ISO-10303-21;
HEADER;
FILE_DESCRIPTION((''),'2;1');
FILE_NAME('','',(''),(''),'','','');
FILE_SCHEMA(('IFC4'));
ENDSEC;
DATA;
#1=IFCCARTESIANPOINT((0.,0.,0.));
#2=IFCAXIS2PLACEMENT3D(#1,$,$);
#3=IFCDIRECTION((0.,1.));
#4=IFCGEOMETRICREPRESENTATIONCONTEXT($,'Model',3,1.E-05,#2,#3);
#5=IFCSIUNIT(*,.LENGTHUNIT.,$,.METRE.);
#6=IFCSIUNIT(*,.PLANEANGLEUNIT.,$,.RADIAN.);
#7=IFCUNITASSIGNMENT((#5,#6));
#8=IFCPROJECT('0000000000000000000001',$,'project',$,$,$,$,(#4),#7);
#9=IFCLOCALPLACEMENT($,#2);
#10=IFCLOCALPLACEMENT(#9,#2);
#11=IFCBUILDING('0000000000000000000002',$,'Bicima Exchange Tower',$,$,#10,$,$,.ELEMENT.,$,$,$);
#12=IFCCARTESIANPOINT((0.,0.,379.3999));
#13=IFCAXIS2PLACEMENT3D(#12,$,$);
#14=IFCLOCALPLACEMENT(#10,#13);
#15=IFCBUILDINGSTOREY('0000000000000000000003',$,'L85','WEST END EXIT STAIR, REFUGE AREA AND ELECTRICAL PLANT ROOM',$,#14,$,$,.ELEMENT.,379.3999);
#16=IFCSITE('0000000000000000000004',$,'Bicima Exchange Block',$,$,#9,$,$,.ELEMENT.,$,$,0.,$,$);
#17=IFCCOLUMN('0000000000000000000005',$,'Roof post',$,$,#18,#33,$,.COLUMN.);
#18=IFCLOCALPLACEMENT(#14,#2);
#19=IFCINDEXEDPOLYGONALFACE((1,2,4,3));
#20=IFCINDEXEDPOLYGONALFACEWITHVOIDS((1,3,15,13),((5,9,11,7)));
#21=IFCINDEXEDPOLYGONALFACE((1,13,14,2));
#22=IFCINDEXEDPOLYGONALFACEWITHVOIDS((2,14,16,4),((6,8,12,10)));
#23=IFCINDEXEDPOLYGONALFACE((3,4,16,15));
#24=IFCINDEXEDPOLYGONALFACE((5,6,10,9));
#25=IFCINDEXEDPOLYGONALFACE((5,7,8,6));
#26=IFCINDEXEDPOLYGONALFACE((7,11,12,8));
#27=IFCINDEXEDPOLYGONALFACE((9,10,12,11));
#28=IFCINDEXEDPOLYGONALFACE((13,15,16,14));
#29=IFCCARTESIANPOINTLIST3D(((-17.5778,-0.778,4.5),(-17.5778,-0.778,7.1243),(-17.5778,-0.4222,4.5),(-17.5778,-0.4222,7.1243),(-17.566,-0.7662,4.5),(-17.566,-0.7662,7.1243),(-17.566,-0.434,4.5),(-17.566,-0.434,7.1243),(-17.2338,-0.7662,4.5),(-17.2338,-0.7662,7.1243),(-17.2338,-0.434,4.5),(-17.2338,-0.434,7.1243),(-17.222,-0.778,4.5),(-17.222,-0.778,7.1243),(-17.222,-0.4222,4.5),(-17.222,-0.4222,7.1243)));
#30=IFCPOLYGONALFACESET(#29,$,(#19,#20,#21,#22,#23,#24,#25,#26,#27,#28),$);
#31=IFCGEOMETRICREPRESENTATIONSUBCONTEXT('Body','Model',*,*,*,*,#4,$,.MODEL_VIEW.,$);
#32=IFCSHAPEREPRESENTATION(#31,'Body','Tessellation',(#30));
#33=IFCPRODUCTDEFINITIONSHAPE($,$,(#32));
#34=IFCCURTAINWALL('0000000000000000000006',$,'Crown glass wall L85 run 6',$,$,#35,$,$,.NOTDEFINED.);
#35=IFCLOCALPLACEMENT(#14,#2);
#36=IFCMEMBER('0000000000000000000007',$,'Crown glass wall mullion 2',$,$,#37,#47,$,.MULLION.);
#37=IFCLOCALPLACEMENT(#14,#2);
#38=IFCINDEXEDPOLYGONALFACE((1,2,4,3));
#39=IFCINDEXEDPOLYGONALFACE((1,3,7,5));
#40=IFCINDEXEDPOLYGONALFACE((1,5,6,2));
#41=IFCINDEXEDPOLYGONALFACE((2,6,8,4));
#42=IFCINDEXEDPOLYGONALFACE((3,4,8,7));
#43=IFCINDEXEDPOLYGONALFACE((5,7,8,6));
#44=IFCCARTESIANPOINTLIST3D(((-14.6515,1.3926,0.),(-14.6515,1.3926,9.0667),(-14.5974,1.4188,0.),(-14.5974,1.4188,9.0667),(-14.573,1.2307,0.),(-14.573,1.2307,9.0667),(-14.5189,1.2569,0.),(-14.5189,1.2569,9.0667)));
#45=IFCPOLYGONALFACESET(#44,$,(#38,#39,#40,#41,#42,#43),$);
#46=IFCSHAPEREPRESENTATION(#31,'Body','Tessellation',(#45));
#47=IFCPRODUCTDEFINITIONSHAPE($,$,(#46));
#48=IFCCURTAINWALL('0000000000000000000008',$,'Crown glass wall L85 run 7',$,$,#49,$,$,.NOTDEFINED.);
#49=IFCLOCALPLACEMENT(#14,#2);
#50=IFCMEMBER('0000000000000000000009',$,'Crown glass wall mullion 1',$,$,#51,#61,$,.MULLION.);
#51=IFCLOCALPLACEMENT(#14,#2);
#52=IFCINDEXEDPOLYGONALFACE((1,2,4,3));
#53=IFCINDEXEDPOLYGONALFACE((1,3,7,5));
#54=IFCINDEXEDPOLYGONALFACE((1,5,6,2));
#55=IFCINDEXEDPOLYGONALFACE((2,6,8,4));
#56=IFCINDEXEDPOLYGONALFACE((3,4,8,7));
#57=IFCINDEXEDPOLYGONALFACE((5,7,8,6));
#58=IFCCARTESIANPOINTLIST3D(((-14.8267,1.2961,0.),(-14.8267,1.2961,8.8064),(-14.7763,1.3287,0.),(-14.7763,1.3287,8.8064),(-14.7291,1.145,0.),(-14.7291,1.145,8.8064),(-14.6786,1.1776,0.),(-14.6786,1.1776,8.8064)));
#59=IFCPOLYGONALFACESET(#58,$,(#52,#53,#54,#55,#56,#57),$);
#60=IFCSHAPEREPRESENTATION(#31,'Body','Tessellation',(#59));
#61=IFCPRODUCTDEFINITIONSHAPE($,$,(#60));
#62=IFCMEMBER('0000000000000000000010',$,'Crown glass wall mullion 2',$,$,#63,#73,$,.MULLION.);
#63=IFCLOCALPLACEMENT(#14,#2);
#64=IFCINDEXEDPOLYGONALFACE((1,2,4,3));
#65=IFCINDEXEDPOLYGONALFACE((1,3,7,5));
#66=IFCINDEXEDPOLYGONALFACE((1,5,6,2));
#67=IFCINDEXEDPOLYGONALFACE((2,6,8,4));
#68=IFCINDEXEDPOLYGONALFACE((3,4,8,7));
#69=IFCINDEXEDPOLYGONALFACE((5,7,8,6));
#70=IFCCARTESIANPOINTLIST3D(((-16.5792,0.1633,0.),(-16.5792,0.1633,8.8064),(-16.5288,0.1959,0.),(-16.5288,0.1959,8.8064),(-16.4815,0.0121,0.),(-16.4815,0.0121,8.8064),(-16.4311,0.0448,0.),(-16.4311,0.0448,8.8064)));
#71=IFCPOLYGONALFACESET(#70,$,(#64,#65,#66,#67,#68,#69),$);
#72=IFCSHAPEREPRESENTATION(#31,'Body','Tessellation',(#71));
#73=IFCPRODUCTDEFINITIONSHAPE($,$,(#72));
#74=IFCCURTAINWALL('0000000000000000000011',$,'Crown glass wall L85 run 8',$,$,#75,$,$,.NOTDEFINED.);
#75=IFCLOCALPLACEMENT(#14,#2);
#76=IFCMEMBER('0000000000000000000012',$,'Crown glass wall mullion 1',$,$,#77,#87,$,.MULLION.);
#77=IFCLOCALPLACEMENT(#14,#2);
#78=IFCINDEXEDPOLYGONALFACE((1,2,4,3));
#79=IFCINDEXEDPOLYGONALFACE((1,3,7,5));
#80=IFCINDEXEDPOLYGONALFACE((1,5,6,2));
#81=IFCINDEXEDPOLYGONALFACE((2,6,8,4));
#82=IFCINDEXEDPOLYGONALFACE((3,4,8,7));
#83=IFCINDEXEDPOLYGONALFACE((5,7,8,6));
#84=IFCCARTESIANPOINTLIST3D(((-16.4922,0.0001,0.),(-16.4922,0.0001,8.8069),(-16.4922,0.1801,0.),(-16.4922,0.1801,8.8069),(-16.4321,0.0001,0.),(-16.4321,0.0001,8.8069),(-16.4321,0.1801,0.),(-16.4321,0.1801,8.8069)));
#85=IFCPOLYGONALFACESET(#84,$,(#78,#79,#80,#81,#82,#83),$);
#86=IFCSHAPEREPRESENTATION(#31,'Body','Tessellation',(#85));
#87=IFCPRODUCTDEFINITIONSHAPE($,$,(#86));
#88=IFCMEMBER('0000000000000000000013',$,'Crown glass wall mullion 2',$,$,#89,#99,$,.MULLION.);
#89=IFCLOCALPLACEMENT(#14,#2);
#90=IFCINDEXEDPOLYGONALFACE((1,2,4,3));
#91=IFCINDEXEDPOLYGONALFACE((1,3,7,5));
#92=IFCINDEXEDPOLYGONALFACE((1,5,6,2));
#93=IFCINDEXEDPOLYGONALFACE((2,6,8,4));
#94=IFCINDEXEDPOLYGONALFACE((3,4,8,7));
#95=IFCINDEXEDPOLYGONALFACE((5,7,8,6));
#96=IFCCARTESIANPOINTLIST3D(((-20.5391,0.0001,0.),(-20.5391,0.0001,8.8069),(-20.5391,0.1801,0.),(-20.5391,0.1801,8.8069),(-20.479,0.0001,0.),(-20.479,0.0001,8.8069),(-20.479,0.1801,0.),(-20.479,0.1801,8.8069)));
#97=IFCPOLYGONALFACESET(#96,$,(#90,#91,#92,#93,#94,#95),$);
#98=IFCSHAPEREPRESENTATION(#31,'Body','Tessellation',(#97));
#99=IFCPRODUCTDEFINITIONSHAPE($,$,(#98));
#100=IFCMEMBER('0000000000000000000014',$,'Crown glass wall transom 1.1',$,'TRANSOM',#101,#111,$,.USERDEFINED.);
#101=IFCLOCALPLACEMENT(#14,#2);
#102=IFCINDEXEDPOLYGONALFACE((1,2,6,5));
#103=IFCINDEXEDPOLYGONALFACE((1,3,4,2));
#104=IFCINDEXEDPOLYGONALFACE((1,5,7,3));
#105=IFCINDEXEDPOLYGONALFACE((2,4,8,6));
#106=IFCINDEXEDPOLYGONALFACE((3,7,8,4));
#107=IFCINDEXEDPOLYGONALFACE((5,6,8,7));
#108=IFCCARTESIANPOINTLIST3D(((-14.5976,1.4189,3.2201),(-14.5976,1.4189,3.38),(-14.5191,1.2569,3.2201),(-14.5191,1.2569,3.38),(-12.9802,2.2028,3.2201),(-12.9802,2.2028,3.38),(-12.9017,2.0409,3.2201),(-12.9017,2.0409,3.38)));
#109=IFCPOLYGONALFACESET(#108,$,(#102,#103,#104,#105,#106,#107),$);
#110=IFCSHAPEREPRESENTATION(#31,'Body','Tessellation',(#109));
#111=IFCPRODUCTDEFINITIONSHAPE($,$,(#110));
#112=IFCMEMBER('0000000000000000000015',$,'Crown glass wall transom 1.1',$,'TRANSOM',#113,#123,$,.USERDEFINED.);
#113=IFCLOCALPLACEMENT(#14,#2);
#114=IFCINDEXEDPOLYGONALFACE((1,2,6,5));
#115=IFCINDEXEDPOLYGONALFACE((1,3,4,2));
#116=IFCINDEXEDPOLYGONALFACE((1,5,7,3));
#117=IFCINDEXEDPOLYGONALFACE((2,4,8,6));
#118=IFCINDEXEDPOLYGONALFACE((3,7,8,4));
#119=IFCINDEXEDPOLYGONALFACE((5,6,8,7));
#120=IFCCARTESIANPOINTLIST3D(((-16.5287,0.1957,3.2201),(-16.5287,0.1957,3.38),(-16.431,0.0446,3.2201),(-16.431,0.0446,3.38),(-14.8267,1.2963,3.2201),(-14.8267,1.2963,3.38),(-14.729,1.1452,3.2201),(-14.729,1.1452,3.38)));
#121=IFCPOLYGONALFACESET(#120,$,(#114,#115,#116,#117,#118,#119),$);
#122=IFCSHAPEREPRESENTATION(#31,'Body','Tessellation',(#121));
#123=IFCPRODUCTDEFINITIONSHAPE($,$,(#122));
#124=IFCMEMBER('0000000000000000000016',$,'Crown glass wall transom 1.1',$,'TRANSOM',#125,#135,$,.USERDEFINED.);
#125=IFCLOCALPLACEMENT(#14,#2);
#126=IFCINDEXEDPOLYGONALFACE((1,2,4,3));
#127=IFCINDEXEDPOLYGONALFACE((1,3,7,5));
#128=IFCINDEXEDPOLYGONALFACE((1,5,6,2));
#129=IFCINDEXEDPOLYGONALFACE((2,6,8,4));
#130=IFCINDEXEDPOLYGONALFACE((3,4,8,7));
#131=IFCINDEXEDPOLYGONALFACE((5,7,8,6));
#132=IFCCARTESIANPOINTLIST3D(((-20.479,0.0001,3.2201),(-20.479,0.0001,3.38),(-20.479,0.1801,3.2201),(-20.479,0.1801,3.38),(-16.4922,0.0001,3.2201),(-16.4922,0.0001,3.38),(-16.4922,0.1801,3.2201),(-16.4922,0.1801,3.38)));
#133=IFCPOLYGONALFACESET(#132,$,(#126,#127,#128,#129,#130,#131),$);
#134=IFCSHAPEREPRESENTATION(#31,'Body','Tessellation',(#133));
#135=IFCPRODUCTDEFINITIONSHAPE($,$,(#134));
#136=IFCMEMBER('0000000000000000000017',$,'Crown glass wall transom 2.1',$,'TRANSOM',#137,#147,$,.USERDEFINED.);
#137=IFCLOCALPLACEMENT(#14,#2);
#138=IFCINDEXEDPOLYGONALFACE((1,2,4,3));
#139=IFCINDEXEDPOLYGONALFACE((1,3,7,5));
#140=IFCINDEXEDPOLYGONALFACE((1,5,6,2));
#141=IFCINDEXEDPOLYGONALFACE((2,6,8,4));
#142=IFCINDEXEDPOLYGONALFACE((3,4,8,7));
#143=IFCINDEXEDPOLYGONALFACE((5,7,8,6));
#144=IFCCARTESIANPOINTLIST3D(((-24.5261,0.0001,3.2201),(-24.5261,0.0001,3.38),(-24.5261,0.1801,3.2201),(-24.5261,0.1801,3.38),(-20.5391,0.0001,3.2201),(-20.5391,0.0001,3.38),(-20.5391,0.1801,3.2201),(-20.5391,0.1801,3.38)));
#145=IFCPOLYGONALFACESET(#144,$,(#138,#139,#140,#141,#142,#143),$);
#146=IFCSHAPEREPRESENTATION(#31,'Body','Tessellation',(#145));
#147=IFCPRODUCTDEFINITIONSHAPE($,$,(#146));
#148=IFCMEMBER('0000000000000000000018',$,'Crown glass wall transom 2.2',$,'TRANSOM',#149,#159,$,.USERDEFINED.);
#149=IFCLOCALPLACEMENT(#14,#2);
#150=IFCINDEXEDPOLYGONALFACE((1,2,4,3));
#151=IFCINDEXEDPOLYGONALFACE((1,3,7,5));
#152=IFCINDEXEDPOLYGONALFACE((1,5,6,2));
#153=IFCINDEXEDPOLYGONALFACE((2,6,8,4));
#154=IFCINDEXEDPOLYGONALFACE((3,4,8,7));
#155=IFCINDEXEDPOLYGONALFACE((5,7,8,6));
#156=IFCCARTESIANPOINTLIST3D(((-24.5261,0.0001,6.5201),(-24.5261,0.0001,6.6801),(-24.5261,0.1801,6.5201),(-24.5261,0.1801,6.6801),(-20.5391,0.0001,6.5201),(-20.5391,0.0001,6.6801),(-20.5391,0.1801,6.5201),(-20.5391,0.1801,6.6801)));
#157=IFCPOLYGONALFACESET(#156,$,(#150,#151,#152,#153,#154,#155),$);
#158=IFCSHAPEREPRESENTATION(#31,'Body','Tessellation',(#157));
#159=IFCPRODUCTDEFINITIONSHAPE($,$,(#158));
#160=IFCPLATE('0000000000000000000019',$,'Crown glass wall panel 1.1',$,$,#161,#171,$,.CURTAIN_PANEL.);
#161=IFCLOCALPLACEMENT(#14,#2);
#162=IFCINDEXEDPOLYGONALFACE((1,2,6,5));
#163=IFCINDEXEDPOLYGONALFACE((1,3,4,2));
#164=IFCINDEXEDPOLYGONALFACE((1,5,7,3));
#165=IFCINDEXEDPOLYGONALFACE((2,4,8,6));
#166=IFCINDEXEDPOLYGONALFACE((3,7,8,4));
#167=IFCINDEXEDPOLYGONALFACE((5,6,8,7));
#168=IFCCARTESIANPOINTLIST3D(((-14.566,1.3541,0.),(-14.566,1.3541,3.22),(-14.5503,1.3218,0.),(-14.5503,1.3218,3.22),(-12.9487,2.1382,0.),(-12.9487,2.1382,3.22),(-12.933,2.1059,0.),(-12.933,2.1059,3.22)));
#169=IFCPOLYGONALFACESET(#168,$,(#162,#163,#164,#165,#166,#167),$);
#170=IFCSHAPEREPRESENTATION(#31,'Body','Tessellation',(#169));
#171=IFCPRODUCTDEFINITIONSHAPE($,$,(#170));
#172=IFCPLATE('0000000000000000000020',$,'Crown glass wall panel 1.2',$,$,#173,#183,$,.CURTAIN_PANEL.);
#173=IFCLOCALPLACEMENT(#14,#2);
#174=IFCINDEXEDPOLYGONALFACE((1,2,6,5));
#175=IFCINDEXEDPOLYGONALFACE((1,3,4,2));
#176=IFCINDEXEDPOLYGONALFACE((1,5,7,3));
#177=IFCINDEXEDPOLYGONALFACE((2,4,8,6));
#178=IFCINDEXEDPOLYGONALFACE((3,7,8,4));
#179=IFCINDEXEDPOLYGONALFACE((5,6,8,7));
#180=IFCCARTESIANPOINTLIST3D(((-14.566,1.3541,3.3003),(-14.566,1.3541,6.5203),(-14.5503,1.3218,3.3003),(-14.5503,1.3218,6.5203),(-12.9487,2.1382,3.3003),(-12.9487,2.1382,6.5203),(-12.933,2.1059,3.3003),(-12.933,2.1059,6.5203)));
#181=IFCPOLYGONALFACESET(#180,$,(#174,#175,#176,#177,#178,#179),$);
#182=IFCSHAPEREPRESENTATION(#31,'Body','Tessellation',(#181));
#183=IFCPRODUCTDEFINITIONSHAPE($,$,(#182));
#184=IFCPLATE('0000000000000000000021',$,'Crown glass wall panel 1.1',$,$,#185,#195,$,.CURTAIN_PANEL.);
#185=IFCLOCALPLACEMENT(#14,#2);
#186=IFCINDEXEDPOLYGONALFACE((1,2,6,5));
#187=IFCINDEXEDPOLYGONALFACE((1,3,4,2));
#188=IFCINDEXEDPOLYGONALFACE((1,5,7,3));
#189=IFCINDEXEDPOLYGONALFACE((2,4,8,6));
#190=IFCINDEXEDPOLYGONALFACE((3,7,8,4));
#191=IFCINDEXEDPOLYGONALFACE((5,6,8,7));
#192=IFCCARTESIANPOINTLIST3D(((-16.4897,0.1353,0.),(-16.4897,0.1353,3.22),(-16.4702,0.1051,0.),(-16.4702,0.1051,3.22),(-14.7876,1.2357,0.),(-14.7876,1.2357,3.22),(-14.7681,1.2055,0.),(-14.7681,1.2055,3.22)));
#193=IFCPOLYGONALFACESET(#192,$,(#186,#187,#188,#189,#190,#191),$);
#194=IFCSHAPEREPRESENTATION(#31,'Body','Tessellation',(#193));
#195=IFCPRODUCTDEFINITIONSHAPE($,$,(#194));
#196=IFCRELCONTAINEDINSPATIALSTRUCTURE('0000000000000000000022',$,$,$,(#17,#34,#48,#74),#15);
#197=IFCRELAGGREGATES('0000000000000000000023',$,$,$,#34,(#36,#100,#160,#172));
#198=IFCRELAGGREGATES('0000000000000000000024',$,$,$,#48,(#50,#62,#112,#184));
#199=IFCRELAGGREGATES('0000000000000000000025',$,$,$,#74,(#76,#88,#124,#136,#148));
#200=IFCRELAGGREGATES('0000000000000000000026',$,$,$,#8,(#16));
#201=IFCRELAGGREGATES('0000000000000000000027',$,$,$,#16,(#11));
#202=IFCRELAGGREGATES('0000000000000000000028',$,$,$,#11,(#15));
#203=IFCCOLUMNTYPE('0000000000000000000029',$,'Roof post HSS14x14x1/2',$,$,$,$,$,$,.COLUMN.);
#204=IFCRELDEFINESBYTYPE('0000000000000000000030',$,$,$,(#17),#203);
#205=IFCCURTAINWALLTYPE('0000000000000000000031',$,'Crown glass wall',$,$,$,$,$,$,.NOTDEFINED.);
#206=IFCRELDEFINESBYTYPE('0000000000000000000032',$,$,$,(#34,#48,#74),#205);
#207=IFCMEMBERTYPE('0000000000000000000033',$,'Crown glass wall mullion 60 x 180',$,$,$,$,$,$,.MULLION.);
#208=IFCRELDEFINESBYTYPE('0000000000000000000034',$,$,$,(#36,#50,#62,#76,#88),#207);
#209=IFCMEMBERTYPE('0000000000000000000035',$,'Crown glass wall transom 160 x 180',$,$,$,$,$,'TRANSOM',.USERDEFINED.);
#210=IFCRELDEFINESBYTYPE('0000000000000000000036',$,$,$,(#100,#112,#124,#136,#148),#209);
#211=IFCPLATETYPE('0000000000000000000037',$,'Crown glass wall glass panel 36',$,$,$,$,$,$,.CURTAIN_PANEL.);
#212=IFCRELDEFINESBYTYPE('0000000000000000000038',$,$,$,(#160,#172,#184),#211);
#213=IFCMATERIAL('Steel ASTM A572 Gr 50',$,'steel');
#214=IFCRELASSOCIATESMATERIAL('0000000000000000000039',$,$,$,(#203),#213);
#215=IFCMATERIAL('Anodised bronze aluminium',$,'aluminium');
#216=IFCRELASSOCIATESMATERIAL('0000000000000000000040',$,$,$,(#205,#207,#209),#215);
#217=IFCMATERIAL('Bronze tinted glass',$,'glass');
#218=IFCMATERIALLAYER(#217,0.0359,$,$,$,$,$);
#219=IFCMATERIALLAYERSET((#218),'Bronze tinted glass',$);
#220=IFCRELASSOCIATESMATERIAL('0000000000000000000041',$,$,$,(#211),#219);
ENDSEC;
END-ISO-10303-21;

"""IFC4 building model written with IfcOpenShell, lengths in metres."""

from ifc_helpers import new_model, si_unit, direction, frame, origin, origin_2d, place, context, subcontext, project, spatial, rectangle, hollow_rectangle, extrude, material, layer, layer_set, material_profile, profile_set, type_object, element, aggregate, save


model = new_model("IFC4")

# Units and contexts
model_context = context("Model", 3, precision=1e-05, world=origin(), true_north=direction((0.0, 1.0)))
body_context = subcontext(model_context, "Body", "Model", "MODEL_VIEW")
ifc_project = project(units=[si_unit("LENGTHUNIT", "METRE"), si_unit("PLANEANGLEUNIT", "RADIAN")], contexts=[model_context])

# Site, building, storey
site_placement = place(None, origin())
site = spatial("IfcSite", under=ifc_project, at=site_placement, Name="Bicima Exchange Block", CompositionType="ELEMENT", RefElevation=0.0)
building_placement = place(site_placement, origin())
building = spatial("IfcBuilding", under=site, at=building_placement, Name="Bicima Exchange Tower", CompositionType="ELEMENT")
storey_placement = place(building_placement, frame((0.0, 0.0, 379.3999)))
storey = spatial("IfcBuildingStorey", under=building, at=storey_placement, Name="L85", Description="WEST END EXIT STAIR, REFUGE AREA AND ELECTRICAL PLANT ROOM", CompositionType="ELEMENT", Elevation=379.3999)

# Column
ifc_material_1 = material(Name="Steel ASTM A572 Gr 50", Category="steel")
ifc_material_profile_1 = material_profile(ifc_material_1, hollow_rectangle(XDim=0.3557, YDim=0.3557, WallThickness=0.0117, at=origin_2d()))
ifc_profile_set_1 = profile_set([ifc_material_profile_1], Name="Steel ASTM A572 Gr 50")
column_type = type_object("IfcColumnType", Name="Roof post HSS14x14x1/2", PredefinedType="COLUMN", material=ifc_profile_set_1)
column_placement = place(storey_placement, frame((-17.3999, -0.6001, 4.5), z_axis=(0.0, 0.0, 1.0), x_axis=(1.0, 0.0, 0.0)))
element("IfcColumn", 1, at=column_placement, inside=storey, type_object=column_type, Name="Roof post", PredefinedType="COLUMN", context=body_context, shape_type="SweptSolid", body=[
    extrude(hollow_rectangle(XDim=0.3557, YDim=0.3557, WallThickness=0.0117, at=origin_2d()), origin(), (0.0, 0.0, 1.0), 2.6243),
])

# Curtain wall, member
ifc_material_2 = material(Name="Anodised bronze aluminium", Category="aluminium")
curtain_wall_type = type_object("IfcCurtainWallType", Name="Crown glass wall", PredefinedType="NOTDEFINED", material=ifc_material_2)
curtain_wall_1_placement = place(storey_placement, origin())
curtain_wall_1 = element("IfcCurtainWall", 2, at=curtain_wall_1_placement, inside=storey, type_object=curtain_wall_type, Name="Crown glass wall L85 run 6", PredefinedType="NOTDEFINED")
ifc_material_profile_2 = material_profile(ifc_material_2, rectangle(XDim=0.1799, YDim=0.0601, at=origin_2d()))
ifc_profile_set_2 = profile_set([ifc_material_profile_2], Name="Anodised bronze aluminium")
member_type_1 = type_object("IfcMemberType", Name="Crown glass wall mullion 60 x 180", PredefinedType="MULLION", material=ifc_profile_set_2)
member_1_placement = place(storey_placement, frame((-14.5852, 1.3247, 0.0), z_axis=(0.0, 0.0, 1.0), x_axis=(0.436265, -0.899818, 0.0)))
member_1 = element("IfcMember", 3, at=member_1_placement, type_object=member_type_1, Name="Crown glass wall mullion 2", PredefinedType="MULLION", context=body_context, shape_type="SweptSolid", body=[
    extrude(rectangle(XDim=0.1799, YDim=0.0601, at=origin_2d()), origin(), (0.0, 0.0, 1.0), 9.0667),
])

# Curtain walls, members
curtain_wall_2_placement = place(storey_placement, origin())
curtain_wall_2 = element("IfcCurtainWall", 4, at=curtain_wall_2_placement, inside=storey, type_object=curtain_wall_type, Name="Crown glass wall L85 run 7", PredefinedType="NOTDEFINED")
member_2_placement = place(storey_placement, frame((-14.7527, 1.2368, 0.0), z_axis=(0.0, 0.0, 1.0), x_axis=(0.542911, -0.83979, 0.0)))
member_2 = element("IfcMember", 5, at=member_2_placement, type_object=member_type_1, Name="Crown glass wall mullion 1", PredefinedType="MULLION", context=body_context, shape_type="SweptSolid", body=[
    extrude(rectangle(XDim=0.1799, YDim=0.0601, at=origin_2d()), origin(), (0.0, 0.0, 1.0), 8.8064),
])
member_3_placement = place(storey_placement, frame((-16.5051, 0.104, 0.0), z_axis=(0.0, 0.0, 1.0), x_axis=(0.542911, -0.83979, 0.0)))
member_3 = element("IfcMember", 6, at=member_3_placement, type_object=member_type_1, Name="Crown glass wall mullion 2", PredefinedType="MULLION", context=body_context, shape_type="SweptSolid", body=[
    extrude(rectangle(XDim=0.1799, YDim=0.0601, at=origin_2d()), origin(), (0.0, 0.0, 1.0), 8.8064),
])
curtain_wall_3_placement = place(storey_placement, origin())
curtain_wall_3 = element("IfcCurtainWall", 7, at=curtain_wall_3_placement, inside=storey, type_object=curtain_wall_type, Name="Crown glass wall L85 run 8", PredefinedType="NOTDEFINED")
member_4_placement = place(storey_placement, frame((-16.4622, 0.0901, 0.0), z_axis=(0.0, 0.0, 1.0), x_axis=(0.0, -1.0, 0.0)))
member_4 = element("IfcMember", 8, at=member_4_placement, type_object=member_type_1, Name="Crown glass wall mullion 1", PredefinedType="MULLION", context=body_context, shape_type="SweptSolid", body=[
    extrude(rectangle(XDim=0.1799, YDim=0.0601, at=origin_2d()), origin(), (0.0, 0.0, 1.0), 8.8069),
])
member_5_placement = place(storey_placement, frame((-20.509, 0.0901, 0.0), z_axis=(0.0, 0.0, 1.0), x_axis=(0.0, -1.0, 0.0)))
member_5 = element("IfcMember", 9, at=member_5_placement, type_object=member_type_1, Name="Crown glass wall mullion 2", PredefinedType="MULLION", context=body_context, shape_type="SweptSolid", body=[
    extrude(rectangle(XDim=0.1799, YDim=0.0601, at=origin_2d()), origin(), (0.0, 0.0, 1.0), 8.8069),
])

# Members
ifc_material_profile_3 = material_profile(ifc_material_2, rectangle(XDim=0.1799, YDim=0.1599, at=origin_2d()))
ifc_profile_set_3 = profile_set([ifc_material_profile_3], Name="Anodised bronze aluminium")
member_type_2 = type_object("IfcMemberType", Name="Crown glass wall transom 160 x 180", ElementType="TRANSOM", PredefinedType="USERDEFINED", material=ifc_profile_set_3)
member_6_placement = place(storey_placement, frame((-12.9409, 2.1218, 3.3), z_axis=(-0.899874, -0.43615, 0.0), x_axis=(0.43615, -0.899874, 0.0)))
member_6 = element("IfcMember", 10, at=member_6_placement, type_object=member_type_2, Name="Crown glass wall transom 1.1", ObjectType="TRANSOM", PredefinedType="USERDEFINED", context=body_context, shape_type="SweptSolid", body=[
    extrude(rectangle(XDim=0.1799, YDim=0.1599, at=origin_2d()), origin(), (0.0, 0.0, 1.0), 1.7974),
])
member_7_placement = place(storey_placement, frame((-14.7778, 1.2207, 3.3), z_axis=(-0.839751, -0.542972, 0.0), x_axis=(0.542972, -0.839751, 0.0)))
member_7 = element("IfcMember", 11, at=member_7_placement, type_object=member_type_2, Name="Crown glass wall transom 1.1", ObjectType="TRANSOM", PredefinedType="USERDEFINED", context=body_context, shape_type="SweptSolid", body=[
    extrude(rectangle(XDim=0.1799, YDim=0.1599, at=origin_2d()), origin(), (0.0, 0.0, 1.0), 2.0269),
])
member_8_placement = place(storey_placement, frame((-16.4922, 0.0901, 3.3), z_axis=(-1.0, 0.0, 0.0), x_axis=(0.0, -1.0, 0.0)))
member_8 = element("IfcMember", 12, at=member_8_placement, type_object=member_type_2, Name="Crown glass wall transom 1.1", ObjectType="TRANSOM", PredefinedType="USERDEFINED", context=body_context, shape_type="SweptSolid", body=[
    extrude(rectangle(XDim=0.1799, YDim=0.1599, at=origin_2d()), origin(), (0.0, 0.0, 1.0), 3.9868),
])
member_9_placement = place(storey_placement, frame((-20.5391, 0.0901, 3.3), z_axis=(-1.0, 0.0, 0.0), x_axis=(0.0, -1.0, 0.0)))
member_9 = element("IfcMember", 13, at=member_9_placement, type_object=member_type_2, Name="Crown glass wall transom 2.1", ObjectType="TRANSOM", PredefinedType="USERDEFINED", context=body_context, shape_type="SweptSolid", body=[
    extrude(rectangle(XDim=0.1799, YDim=0.1599, at=origin_2d()), origin(), (0.0, 0.0, 1.0), 3.9871),
])
member_10_placement = place(storey_placement, frame((-20.5391, 0.0901, 6.6001), z_axis=(-1.0, 0.0, 0.0), x_axis=(0.0, -1.0, 0.0)))
member_10 = element("IfcMember", 14, at=member_10_placement, type_object=member_type_2, Name="Crown glass wall transom 2.2", ObjectType="TRANSOM", PredefinedType="USERDEFINED", context=body_context, shape_type="SweptSolid", body=[
    extrude(rectangle(XDim=0.1799, YDim=0.1599, at=origin_2d()), origin(), (0.0, 0.0, 1.0), 3.9871),
])

# Plates
ifc_material_3 = material(Name="Bronze tinted glass", Category="glass")
ifc_layer_1 = layer(ifc_material_3, 0.0359)
ifc_layer_set_1 = layer_set([ifc_layer_1], Name="Bronze tinted glass")
plate_type = type_object("IfcPlateType", Name="Crown glass wall glass panel 36", PredefinedType="CURTAIN_PANEL", material=ifc_layer_set_1)
plate_1_placement = place(storey_placement, frame((-13.7495, 1.73, 0.0), z_axis=(0.0, 0.0, 1.0), x_axis=(-0.899818, -0.436265, 0.0)))
plate_1 = element("IfcPlate", 15, at=plate_1_placement, type_object=plate_type, Name="Crown glass wall panel 1.1", PredefinedType="CURTAIN_PANEL", context=body_context, shape_type="SweptSolid", body=[
    extrude(rectangle(XDim=1.7974, YDim=0.0359, at=origin_2d()), origin(), (0.0, 0.0, 1.0), 3.22),
])
plate_2_placement = place(storey_placement, frame((-13.7495, 1.73, 3.3003), z_axis=(0.0, 0.0, 1.0), x_axis=(-0.899818, -0.436265, 0.0)))
plate_2 = element("IfcPlate", 16, at=plate_2_placement, type_object=plate_type, Name="Crown glass wall panel 1.2", PredefinedType="CURTAIN_PANEL", context=body_context, shape_type="SweptSolid", body=[
    extrude(rectangle(XDim=1.7974, YDim=0.0359, at=origin_2d()), origin(), (0.0, 0.0, 1.0), 3.22),
])
aggregate(curtain_wall_1, [member_1, member_6, plate_1, plate_2])
plate_3_placement = place(storey_placement, frame((-15.6289, 0.6704, 0.0), z_axis=(0.0, 0.0, 1.0), x_axis=(-0.83979, -0.542911, 0.0)))
plate_3 = element("IfcPlate", 17, at=plate_3_placement, type_object=plate_type, Name="Crown glass wall panel 1.1", PredefinedType="CURTAIN_PANEL", context=body_context, shape_type="SweptSolid", body=[
    extrude(rectangle(XDim=2.0269, YDim=0.0359, at=origin_2d()), origin(), (0.0, 0.0, 1.0), 3.22),
])
aggregate(curtain_wall_2, [member_2, member_3, member_7, plate_3])
aggregate(curtain_wall_3, [member_4, member_5, member_8, member_9, member_10])

save(model, "model.ifc")
